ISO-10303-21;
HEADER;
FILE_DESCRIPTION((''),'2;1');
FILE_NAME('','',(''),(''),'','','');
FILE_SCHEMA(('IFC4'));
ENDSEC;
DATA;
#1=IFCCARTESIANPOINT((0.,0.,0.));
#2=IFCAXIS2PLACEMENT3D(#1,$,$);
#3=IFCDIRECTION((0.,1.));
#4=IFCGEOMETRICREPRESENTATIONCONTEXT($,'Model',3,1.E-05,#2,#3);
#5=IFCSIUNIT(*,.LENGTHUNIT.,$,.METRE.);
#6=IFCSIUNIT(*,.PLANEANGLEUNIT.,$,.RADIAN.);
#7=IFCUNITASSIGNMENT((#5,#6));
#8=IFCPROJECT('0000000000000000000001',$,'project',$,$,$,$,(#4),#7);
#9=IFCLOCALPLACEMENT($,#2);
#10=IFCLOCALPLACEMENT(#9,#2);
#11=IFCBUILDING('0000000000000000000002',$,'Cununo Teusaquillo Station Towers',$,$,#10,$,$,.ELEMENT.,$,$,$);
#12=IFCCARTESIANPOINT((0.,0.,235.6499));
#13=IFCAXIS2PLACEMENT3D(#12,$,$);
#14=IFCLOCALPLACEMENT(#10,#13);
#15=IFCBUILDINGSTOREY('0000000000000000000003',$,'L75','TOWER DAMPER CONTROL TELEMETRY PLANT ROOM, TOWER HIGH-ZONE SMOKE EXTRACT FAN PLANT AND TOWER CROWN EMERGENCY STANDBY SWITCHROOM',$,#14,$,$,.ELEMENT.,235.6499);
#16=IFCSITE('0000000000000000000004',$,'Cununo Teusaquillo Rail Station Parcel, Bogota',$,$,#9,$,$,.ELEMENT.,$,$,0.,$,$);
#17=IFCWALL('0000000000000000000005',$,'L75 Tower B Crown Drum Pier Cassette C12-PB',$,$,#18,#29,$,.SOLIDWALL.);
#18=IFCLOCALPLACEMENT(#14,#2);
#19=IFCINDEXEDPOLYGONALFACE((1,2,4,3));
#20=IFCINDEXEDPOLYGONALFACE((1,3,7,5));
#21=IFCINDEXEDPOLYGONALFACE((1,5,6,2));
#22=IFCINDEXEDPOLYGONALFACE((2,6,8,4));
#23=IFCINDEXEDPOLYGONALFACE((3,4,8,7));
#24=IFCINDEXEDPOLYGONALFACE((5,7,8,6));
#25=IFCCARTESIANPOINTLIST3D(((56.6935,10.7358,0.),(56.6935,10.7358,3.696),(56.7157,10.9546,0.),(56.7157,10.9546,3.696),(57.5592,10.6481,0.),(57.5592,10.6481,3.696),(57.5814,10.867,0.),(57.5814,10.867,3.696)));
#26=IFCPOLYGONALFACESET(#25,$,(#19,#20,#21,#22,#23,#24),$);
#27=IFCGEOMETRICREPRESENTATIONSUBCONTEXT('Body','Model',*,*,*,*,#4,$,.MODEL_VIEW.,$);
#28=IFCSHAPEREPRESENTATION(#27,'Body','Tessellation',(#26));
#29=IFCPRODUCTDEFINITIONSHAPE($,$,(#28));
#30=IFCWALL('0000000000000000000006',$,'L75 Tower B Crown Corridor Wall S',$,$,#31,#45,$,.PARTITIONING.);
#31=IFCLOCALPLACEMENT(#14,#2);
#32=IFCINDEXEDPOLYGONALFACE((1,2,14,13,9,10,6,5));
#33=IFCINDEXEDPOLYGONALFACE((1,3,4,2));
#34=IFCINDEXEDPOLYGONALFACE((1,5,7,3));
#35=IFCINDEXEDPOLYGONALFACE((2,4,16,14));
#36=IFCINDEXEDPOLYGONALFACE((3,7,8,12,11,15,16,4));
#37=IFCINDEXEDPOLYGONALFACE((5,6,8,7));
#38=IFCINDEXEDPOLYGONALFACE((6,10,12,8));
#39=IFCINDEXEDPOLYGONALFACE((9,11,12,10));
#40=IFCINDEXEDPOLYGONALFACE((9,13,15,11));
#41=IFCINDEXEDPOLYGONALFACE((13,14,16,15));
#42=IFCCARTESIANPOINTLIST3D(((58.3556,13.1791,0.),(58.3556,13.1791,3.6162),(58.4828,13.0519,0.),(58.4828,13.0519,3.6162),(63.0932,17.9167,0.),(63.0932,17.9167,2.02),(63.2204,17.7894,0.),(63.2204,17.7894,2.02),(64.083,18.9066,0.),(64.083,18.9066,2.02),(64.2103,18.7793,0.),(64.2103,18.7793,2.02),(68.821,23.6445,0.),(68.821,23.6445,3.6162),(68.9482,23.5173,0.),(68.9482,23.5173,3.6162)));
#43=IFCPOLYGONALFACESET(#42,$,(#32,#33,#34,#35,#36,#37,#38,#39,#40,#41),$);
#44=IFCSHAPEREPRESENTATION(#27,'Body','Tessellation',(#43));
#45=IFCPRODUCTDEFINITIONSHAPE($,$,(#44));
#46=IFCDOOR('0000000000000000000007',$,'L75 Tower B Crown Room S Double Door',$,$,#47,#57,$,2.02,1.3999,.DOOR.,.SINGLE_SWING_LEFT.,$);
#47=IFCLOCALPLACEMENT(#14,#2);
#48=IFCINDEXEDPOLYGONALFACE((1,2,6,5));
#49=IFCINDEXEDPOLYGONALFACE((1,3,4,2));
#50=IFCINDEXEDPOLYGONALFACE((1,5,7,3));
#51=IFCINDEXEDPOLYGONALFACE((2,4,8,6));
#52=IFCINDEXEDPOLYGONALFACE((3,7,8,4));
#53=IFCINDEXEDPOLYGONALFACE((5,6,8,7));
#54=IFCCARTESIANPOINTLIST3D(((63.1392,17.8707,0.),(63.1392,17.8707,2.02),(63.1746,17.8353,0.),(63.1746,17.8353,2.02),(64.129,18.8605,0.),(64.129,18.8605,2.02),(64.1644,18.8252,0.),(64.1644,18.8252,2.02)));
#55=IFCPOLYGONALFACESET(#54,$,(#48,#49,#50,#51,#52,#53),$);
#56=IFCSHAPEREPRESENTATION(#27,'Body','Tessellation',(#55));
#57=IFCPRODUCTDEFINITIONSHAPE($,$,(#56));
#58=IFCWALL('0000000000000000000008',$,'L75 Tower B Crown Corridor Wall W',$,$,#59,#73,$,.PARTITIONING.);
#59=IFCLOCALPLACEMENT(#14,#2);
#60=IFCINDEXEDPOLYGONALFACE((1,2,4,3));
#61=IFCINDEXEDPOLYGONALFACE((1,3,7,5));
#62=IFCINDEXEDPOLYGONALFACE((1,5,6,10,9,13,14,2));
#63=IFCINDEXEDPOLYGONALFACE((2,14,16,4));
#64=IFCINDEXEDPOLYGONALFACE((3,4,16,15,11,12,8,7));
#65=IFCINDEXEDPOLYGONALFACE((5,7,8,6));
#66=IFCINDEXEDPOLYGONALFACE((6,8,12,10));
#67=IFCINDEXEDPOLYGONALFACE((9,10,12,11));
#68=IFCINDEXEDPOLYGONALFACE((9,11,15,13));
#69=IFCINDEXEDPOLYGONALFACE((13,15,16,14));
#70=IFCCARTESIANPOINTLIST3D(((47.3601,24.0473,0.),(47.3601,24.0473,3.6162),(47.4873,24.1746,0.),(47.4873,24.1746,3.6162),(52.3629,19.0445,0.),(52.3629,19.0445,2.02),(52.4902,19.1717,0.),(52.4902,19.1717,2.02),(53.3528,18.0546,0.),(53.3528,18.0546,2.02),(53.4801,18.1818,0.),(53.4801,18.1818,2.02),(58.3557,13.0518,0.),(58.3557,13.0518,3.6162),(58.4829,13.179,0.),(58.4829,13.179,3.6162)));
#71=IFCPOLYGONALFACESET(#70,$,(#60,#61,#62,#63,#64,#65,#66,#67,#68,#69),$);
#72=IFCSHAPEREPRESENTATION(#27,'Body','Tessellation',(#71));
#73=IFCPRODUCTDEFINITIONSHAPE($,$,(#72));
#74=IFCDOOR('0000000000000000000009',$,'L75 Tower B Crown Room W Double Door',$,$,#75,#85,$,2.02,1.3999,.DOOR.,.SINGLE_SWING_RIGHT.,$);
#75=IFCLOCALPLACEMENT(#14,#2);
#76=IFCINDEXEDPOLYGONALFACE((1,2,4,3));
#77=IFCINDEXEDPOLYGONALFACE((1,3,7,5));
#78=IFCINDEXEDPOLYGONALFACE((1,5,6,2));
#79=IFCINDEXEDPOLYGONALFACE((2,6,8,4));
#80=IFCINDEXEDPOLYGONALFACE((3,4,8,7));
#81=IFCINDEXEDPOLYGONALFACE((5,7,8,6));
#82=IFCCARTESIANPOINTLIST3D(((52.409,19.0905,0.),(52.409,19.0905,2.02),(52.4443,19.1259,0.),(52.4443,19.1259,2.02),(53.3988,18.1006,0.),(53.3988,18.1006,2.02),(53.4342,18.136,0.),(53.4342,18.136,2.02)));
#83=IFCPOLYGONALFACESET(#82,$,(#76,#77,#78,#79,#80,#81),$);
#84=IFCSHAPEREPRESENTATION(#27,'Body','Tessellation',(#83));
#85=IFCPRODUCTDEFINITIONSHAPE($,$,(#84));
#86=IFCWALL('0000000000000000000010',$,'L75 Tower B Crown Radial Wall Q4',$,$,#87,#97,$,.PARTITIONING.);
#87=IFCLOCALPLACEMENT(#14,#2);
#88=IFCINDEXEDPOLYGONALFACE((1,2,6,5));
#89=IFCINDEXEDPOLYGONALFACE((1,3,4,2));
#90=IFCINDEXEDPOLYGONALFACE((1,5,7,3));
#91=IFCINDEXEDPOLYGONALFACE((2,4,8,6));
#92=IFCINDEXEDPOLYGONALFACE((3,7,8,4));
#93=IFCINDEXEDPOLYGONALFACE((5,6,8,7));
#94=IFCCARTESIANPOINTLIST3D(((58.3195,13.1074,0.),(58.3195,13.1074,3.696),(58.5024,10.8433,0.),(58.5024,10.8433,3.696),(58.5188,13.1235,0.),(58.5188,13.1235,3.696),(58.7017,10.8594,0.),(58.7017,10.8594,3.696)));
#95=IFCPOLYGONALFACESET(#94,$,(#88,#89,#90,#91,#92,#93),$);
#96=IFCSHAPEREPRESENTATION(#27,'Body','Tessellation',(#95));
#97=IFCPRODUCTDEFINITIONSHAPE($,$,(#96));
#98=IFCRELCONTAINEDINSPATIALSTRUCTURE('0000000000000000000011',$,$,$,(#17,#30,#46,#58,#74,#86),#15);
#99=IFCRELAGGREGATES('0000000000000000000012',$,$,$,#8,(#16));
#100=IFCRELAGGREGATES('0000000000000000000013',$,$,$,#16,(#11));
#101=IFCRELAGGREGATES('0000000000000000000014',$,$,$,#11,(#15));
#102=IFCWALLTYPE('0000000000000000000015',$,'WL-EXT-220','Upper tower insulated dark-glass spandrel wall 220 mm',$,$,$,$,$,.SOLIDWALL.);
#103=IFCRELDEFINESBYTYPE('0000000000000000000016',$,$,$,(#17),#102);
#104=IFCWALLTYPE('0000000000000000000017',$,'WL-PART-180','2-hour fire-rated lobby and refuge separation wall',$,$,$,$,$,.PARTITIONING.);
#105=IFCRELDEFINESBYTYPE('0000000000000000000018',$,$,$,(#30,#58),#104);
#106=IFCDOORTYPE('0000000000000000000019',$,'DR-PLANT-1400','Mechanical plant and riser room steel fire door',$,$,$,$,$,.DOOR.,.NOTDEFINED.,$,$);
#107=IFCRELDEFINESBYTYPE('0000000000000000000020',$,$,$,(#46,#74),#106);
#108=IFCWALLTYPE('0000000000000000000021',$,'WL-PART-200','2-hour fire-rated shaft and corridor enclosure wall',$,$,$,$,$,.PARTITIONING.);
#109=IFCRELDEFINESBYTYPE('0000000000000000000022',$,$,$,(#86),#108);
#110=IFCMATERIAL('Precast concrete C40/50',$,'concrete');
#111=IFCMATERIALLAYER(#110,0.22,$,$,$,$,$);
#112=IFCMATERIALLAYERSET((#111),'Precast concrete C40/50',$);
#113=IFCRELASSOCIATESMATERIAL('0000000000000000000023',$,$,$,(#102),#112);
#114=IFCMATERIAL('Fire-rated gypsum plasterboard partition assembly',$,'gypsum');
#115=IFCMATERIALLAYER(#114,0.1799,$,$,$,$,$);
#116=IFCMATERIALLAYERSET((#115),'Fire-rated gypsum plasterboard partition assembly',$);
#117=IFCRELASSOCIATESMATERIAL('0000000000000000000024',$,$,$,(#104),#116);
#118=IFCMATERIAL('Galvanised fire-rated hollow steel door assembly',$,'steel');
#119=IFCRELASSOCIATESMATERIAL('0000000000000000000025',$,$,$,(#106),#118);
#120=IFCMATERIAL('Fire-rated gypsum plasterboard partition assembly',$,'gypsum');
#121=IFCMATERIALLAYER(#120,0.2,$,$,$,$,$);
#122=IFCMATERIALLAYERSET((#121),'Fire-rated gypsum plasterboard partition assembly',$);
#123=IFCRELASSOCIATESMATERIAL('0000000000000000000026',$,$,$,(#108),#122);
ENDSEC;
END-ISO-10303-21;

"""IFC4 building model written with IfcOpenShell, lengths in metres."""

from ifc_helpers import new_model, si_unit, direction, frame, frame_2d, origin, place, context, subcontext, project, spatial, rectangle, extrude, source, transform, mapped, material, layer, layer_set, type_object, element, fill, save


model = new_model("IFC4")

# Units and contexts
model_context = context("Model", 3, precision=1e-05, world=origin(), true_north=direction((0.0, 1.0)))
body_context = subcontext(model_context, "Body", "Model", "MODEL_VIEW")
ifc_project = project(units=[si_unit("LENGTHUNIT", "METRE"), si_unit("PLANEANGLEUNIT", "RADIAN")], contexts=[model_context])

# Site, building, storey
site_placement = place(None, origin())
site = spatial("IfcSite", under=ifc_project, at=site_placement, Name="Cununo Teusaquillo Rail Station Parcel, Bogota", CompositionType="ELEMENT", RefElevation=0.0)
building_placement = place(site_placement, origin())
building = spatial("IfcBuilding", under=site, at=building_placement, Name="Cununo Teusaquillo Station Towers", CompositionType="ELEMENT")
storey_placement = place(building_placement, frame((0.0, 0.0, 235.6499)))
storey = spatial("IfcBuildingStorey", under=building, at=storey_placement, Name="L75", Description="TOWER DAMPER CONTROL TELEMETRY PLANT ROOM, TOWER HIGH-ZONE SMOKE EXTRACT FAN PLANT AND TOWER CROWN EMERGENCY STANDBY SWITCHROOM", CompositionType="ELEMENT", Elevation=235.6499)

# Wall
ifc_material_1 = material(Name="Precast concrete C40/50", Category="concrete")
ifc_layer_1 = layer(ifc_material_1, 0.22)
ifc_layer_set_1 = layer_set([ifc_layer_1], Name="Precast concrete C40/50")
wall_type_1 = type_object("IfcWallType", Name="WL-EXT-220", Description="Upper tower insulated dark-glass spandrel wall 220 mm", PredefinedType="SOLIDWALL", material=ifc_layer_set_1)
wall_1_placement = place(storey_placement, frame((57.5703, 10.7576, 0.0), z_axis=(0.0, 0.0, 1.0), x_axis=(-0.994914, 0.100726, 0.0)))
element("IfcWall", 1, at=wall_1_placement, inside=storey, type_object=wall_type_1, Name="L75 Tower B Crown Drum Pier Cassette C12-PB", PredefinedType="SOLIDWALL", context=body_context, shape_type="SweptSolid", body=[
    extrude(rectangle(XDim=0.8701, YDim=0.22, at=frame_2d((0.4351, 0.0))), origin(), (0.0, 0.0, 1.0), 3.696),
])

# Walls, openings, doors
ifc_material_2 = material(Name="Fire-rated gypsum plasterboard partition assembly", Category="gypsum")
ifc_layer_2 = layer(ifc_material_2, 0.1799)
ifc_layer_set_2 = layer_set([ifc_layer_2], Name="Fire-rated gypsum plasterboard partition assembly")
wall_type_2 = type_object("IfcWallType", Name="WL-PART-180", Description="2-hour fire-rated lobby and refuge separation wall", PredefinedType="PARTITIONING", material=ifc_layer_set_2)
wall_2_placement = place(storey_placement, frame((58.4192, 13.1155, 0.0), z_axis=(0.0, 0.0, 1.0), x_axis=(0.707107, 0.707107, 0.0)))
wall_2 = element("IfcWall", 2, at=wall_2_placement, inside=storey, type_object=wall_type_2, Name="L75 Tower B Crown Corridor Wall S", PredefinedType="PARTITIONING", context=body_context, shape_type="SweptSolid", body=[
    extrude(rectangle(XDim=14.8003, YDim=0.1799, at=frame_2d((7.4001, 0.0))), origin(), (0.0, 0.0, 1.0), 3.6162),
])
shared_shape_1 = source(origin(), body_context, "Body", "SweptSolid", [
    extrude(rectangle(XDim=1.3999, YDim=2.02, at=frame_2d((0.7, 1.01))), frame((0.0, 0.0999, 0.0), z_axis=(0.0, -1.0, 0.0), x_axis=(1.0, 0.0, 0.0)), (0.0, 0.0, 1.0), 0.2),
])
opening_1_placement = place(wall_2_placement, frame((6.7, 0.0, 0.0)))
opening_1 = element("IfcOpeningElement", 3, at=opening_1_placement, cuts=wall_2, PredefinedType="OPENING", context=body_context, shape_type="MappedRepresentation", body=[
    mapped(shared_shape_1, transform((0.0, 0.0, 0.0), x_axis=(1.0, 0.0, 0.0), y_axis=(0.0, 1.0, 0.0), z_axis=(0.0, 0.0, 1.0), scale=1.0)),
])
ifc_material_3 = material(Name="Galvanised fire-rated hollow steel door assembly", Category="steel")
door_type = type_object("IfcDoorType", Name="DR-PLANT-1400", Description="Mechanical plant and riser room steel fire door", OperationType="NOTDEFINED", PredefinedType="DOOR", material=ifc_material_3)
shared_shape_2 = source(origin(), body_context, "Body", "SweptSolid", [
    extrude(rectangle(XDim=1.3999, YDim=2.02, at=frame_2d((0.7, 1.01))), frame((0.0, 0.0249, 0.0), z_axis=(0.0, -1.0, 0.0), x_axis=(1.0, 0.0, 0.0)), (0.0, 0.0, 1.0), 0.05),
])
door_1_placement = place(opening_1_placement, origin())
door_1 = element("IfcDoor", 4, at=door_1_placement, inside=storey, type_object=door_type, Name="L75 Tower B Crown Room S Double Door", OperationType="SINGLE_SWING_LEFT", OverallHeight=2.02, OverallWidth=1.3999, PredefinedType="DOOR", context=body_context, shape_type="MappedRepresentation", body=[
    mapped(shared_shape_2, transform((0.0, 0.0, 0.0), x_axis=(1.0, 0.0, 0.0), y_axis=(0.0, 1.0, 0.0), z_axis=(0.0, 0.0, 1.0), scale=1.0)),
])
fill(opening_1, door_1)
wall_3_placement = place(storey_placement, frame((58.4192, 13.1155, 0.0), z_axis=(0.0, 0.0, 1.0), x_axis=(-0.707107, 0.707107, 0.0)))
wall_3 = element("IfcWall", 5, at=wall_3_placement, inside=storey, type_object=wall_type_2, Name="L75 Tower B Crown Corridor Wall W", PredefinedType="PARTITIONING", context=body_context, shape_type="SweptSolid", body=[
    extrude(rectangle(XDim=15.55, YDim=0.1799, at=frame_2d((7.7749, 0.0))), origin(), (0.0, 0.0, 1.0), 3.6162),
])
opening_2_placement = place(wall_3_placement, frame((7.075, 0.0, 0.0)))
opening_2 = element("IfcOpeningElement", 6, at=opening_2_placement, cuts=wall_3, PredefinedType="OPENING", context=body_context, shape_type="MappedRepresentation", body=[
    mapped(shared_shape_1, transform((0.0, 0.0, 0.0), x_axis=(1.0, 0.0, 0.0), y_axis=(0.0, 1.0, 0.0), z_axis=(0.0, 0.0, 1.0), scale=1.0)),
])
door_2_placement = place(opening_2_placement, origin())
door_2 = element("IfcDoor", 7, at=door_2_placement, inside=storey, type_object=door_type, Name="L75 Tower B Crown Room W Double Door", OperationType="SINGLE_SWING_RIGHT", OverallHeight=2.02, OverallWidth=1.3999, PredefinedType="DOOR", context=body_context, shape_type="MappedRepresentation", body=[
    mapped(shared_shape_2, transform((0.0, 0.0, 0.0), x_axis=(1.0, 0.0, 0.0), y_axis=(0.0, 1.0, 0.0), z_axis=(0.0, 0.0, 1.0), scale=1.0)),
])
fill(opening_2, door_2)

# Wall
ifc_material_4 = material(Name="Fire-rated gypsum plasterboard partition assembly", Category="gypsum")
ifc_layer_3 = layer(ifc_material_4, 0.2)
ifc_layer_set_3 = layer_set([ifc_layer_3], Name="Fire-rated gypsum plasterboard partition assembly")
wall_type_3 = type_object("IfcWallType", Name="WL-PART-200", Description="2-hour fire-rated shaft and corridor enclosure wall", PredefinedType="PARTITIONING", material=ifc_layer_set_3)
wall_4_placement = place(storey_placement, frame((58.4192, 13.1155, 0.0), z_axis=(0.0, 0.0, 1.0), x_axis=(0.080501, -0.996755, 0.0)))
element("IfcWall", 8, at=wall_4_placement, inside=storey, type_object=wall_type_3, Name="L75 Tower B Crown Radial Wall Q4", PredefinedType="PARTITIONING", context=body_context, shape_type="SweptSolid", body=[
    extrude(rectangle(XDim=2.2715, YDim=0.2, at=frame_2d((1.1357, 0.0))), origin(), (0.0, 0.0, 1.0), 3.696),
])

save(model, "model.ifc")
